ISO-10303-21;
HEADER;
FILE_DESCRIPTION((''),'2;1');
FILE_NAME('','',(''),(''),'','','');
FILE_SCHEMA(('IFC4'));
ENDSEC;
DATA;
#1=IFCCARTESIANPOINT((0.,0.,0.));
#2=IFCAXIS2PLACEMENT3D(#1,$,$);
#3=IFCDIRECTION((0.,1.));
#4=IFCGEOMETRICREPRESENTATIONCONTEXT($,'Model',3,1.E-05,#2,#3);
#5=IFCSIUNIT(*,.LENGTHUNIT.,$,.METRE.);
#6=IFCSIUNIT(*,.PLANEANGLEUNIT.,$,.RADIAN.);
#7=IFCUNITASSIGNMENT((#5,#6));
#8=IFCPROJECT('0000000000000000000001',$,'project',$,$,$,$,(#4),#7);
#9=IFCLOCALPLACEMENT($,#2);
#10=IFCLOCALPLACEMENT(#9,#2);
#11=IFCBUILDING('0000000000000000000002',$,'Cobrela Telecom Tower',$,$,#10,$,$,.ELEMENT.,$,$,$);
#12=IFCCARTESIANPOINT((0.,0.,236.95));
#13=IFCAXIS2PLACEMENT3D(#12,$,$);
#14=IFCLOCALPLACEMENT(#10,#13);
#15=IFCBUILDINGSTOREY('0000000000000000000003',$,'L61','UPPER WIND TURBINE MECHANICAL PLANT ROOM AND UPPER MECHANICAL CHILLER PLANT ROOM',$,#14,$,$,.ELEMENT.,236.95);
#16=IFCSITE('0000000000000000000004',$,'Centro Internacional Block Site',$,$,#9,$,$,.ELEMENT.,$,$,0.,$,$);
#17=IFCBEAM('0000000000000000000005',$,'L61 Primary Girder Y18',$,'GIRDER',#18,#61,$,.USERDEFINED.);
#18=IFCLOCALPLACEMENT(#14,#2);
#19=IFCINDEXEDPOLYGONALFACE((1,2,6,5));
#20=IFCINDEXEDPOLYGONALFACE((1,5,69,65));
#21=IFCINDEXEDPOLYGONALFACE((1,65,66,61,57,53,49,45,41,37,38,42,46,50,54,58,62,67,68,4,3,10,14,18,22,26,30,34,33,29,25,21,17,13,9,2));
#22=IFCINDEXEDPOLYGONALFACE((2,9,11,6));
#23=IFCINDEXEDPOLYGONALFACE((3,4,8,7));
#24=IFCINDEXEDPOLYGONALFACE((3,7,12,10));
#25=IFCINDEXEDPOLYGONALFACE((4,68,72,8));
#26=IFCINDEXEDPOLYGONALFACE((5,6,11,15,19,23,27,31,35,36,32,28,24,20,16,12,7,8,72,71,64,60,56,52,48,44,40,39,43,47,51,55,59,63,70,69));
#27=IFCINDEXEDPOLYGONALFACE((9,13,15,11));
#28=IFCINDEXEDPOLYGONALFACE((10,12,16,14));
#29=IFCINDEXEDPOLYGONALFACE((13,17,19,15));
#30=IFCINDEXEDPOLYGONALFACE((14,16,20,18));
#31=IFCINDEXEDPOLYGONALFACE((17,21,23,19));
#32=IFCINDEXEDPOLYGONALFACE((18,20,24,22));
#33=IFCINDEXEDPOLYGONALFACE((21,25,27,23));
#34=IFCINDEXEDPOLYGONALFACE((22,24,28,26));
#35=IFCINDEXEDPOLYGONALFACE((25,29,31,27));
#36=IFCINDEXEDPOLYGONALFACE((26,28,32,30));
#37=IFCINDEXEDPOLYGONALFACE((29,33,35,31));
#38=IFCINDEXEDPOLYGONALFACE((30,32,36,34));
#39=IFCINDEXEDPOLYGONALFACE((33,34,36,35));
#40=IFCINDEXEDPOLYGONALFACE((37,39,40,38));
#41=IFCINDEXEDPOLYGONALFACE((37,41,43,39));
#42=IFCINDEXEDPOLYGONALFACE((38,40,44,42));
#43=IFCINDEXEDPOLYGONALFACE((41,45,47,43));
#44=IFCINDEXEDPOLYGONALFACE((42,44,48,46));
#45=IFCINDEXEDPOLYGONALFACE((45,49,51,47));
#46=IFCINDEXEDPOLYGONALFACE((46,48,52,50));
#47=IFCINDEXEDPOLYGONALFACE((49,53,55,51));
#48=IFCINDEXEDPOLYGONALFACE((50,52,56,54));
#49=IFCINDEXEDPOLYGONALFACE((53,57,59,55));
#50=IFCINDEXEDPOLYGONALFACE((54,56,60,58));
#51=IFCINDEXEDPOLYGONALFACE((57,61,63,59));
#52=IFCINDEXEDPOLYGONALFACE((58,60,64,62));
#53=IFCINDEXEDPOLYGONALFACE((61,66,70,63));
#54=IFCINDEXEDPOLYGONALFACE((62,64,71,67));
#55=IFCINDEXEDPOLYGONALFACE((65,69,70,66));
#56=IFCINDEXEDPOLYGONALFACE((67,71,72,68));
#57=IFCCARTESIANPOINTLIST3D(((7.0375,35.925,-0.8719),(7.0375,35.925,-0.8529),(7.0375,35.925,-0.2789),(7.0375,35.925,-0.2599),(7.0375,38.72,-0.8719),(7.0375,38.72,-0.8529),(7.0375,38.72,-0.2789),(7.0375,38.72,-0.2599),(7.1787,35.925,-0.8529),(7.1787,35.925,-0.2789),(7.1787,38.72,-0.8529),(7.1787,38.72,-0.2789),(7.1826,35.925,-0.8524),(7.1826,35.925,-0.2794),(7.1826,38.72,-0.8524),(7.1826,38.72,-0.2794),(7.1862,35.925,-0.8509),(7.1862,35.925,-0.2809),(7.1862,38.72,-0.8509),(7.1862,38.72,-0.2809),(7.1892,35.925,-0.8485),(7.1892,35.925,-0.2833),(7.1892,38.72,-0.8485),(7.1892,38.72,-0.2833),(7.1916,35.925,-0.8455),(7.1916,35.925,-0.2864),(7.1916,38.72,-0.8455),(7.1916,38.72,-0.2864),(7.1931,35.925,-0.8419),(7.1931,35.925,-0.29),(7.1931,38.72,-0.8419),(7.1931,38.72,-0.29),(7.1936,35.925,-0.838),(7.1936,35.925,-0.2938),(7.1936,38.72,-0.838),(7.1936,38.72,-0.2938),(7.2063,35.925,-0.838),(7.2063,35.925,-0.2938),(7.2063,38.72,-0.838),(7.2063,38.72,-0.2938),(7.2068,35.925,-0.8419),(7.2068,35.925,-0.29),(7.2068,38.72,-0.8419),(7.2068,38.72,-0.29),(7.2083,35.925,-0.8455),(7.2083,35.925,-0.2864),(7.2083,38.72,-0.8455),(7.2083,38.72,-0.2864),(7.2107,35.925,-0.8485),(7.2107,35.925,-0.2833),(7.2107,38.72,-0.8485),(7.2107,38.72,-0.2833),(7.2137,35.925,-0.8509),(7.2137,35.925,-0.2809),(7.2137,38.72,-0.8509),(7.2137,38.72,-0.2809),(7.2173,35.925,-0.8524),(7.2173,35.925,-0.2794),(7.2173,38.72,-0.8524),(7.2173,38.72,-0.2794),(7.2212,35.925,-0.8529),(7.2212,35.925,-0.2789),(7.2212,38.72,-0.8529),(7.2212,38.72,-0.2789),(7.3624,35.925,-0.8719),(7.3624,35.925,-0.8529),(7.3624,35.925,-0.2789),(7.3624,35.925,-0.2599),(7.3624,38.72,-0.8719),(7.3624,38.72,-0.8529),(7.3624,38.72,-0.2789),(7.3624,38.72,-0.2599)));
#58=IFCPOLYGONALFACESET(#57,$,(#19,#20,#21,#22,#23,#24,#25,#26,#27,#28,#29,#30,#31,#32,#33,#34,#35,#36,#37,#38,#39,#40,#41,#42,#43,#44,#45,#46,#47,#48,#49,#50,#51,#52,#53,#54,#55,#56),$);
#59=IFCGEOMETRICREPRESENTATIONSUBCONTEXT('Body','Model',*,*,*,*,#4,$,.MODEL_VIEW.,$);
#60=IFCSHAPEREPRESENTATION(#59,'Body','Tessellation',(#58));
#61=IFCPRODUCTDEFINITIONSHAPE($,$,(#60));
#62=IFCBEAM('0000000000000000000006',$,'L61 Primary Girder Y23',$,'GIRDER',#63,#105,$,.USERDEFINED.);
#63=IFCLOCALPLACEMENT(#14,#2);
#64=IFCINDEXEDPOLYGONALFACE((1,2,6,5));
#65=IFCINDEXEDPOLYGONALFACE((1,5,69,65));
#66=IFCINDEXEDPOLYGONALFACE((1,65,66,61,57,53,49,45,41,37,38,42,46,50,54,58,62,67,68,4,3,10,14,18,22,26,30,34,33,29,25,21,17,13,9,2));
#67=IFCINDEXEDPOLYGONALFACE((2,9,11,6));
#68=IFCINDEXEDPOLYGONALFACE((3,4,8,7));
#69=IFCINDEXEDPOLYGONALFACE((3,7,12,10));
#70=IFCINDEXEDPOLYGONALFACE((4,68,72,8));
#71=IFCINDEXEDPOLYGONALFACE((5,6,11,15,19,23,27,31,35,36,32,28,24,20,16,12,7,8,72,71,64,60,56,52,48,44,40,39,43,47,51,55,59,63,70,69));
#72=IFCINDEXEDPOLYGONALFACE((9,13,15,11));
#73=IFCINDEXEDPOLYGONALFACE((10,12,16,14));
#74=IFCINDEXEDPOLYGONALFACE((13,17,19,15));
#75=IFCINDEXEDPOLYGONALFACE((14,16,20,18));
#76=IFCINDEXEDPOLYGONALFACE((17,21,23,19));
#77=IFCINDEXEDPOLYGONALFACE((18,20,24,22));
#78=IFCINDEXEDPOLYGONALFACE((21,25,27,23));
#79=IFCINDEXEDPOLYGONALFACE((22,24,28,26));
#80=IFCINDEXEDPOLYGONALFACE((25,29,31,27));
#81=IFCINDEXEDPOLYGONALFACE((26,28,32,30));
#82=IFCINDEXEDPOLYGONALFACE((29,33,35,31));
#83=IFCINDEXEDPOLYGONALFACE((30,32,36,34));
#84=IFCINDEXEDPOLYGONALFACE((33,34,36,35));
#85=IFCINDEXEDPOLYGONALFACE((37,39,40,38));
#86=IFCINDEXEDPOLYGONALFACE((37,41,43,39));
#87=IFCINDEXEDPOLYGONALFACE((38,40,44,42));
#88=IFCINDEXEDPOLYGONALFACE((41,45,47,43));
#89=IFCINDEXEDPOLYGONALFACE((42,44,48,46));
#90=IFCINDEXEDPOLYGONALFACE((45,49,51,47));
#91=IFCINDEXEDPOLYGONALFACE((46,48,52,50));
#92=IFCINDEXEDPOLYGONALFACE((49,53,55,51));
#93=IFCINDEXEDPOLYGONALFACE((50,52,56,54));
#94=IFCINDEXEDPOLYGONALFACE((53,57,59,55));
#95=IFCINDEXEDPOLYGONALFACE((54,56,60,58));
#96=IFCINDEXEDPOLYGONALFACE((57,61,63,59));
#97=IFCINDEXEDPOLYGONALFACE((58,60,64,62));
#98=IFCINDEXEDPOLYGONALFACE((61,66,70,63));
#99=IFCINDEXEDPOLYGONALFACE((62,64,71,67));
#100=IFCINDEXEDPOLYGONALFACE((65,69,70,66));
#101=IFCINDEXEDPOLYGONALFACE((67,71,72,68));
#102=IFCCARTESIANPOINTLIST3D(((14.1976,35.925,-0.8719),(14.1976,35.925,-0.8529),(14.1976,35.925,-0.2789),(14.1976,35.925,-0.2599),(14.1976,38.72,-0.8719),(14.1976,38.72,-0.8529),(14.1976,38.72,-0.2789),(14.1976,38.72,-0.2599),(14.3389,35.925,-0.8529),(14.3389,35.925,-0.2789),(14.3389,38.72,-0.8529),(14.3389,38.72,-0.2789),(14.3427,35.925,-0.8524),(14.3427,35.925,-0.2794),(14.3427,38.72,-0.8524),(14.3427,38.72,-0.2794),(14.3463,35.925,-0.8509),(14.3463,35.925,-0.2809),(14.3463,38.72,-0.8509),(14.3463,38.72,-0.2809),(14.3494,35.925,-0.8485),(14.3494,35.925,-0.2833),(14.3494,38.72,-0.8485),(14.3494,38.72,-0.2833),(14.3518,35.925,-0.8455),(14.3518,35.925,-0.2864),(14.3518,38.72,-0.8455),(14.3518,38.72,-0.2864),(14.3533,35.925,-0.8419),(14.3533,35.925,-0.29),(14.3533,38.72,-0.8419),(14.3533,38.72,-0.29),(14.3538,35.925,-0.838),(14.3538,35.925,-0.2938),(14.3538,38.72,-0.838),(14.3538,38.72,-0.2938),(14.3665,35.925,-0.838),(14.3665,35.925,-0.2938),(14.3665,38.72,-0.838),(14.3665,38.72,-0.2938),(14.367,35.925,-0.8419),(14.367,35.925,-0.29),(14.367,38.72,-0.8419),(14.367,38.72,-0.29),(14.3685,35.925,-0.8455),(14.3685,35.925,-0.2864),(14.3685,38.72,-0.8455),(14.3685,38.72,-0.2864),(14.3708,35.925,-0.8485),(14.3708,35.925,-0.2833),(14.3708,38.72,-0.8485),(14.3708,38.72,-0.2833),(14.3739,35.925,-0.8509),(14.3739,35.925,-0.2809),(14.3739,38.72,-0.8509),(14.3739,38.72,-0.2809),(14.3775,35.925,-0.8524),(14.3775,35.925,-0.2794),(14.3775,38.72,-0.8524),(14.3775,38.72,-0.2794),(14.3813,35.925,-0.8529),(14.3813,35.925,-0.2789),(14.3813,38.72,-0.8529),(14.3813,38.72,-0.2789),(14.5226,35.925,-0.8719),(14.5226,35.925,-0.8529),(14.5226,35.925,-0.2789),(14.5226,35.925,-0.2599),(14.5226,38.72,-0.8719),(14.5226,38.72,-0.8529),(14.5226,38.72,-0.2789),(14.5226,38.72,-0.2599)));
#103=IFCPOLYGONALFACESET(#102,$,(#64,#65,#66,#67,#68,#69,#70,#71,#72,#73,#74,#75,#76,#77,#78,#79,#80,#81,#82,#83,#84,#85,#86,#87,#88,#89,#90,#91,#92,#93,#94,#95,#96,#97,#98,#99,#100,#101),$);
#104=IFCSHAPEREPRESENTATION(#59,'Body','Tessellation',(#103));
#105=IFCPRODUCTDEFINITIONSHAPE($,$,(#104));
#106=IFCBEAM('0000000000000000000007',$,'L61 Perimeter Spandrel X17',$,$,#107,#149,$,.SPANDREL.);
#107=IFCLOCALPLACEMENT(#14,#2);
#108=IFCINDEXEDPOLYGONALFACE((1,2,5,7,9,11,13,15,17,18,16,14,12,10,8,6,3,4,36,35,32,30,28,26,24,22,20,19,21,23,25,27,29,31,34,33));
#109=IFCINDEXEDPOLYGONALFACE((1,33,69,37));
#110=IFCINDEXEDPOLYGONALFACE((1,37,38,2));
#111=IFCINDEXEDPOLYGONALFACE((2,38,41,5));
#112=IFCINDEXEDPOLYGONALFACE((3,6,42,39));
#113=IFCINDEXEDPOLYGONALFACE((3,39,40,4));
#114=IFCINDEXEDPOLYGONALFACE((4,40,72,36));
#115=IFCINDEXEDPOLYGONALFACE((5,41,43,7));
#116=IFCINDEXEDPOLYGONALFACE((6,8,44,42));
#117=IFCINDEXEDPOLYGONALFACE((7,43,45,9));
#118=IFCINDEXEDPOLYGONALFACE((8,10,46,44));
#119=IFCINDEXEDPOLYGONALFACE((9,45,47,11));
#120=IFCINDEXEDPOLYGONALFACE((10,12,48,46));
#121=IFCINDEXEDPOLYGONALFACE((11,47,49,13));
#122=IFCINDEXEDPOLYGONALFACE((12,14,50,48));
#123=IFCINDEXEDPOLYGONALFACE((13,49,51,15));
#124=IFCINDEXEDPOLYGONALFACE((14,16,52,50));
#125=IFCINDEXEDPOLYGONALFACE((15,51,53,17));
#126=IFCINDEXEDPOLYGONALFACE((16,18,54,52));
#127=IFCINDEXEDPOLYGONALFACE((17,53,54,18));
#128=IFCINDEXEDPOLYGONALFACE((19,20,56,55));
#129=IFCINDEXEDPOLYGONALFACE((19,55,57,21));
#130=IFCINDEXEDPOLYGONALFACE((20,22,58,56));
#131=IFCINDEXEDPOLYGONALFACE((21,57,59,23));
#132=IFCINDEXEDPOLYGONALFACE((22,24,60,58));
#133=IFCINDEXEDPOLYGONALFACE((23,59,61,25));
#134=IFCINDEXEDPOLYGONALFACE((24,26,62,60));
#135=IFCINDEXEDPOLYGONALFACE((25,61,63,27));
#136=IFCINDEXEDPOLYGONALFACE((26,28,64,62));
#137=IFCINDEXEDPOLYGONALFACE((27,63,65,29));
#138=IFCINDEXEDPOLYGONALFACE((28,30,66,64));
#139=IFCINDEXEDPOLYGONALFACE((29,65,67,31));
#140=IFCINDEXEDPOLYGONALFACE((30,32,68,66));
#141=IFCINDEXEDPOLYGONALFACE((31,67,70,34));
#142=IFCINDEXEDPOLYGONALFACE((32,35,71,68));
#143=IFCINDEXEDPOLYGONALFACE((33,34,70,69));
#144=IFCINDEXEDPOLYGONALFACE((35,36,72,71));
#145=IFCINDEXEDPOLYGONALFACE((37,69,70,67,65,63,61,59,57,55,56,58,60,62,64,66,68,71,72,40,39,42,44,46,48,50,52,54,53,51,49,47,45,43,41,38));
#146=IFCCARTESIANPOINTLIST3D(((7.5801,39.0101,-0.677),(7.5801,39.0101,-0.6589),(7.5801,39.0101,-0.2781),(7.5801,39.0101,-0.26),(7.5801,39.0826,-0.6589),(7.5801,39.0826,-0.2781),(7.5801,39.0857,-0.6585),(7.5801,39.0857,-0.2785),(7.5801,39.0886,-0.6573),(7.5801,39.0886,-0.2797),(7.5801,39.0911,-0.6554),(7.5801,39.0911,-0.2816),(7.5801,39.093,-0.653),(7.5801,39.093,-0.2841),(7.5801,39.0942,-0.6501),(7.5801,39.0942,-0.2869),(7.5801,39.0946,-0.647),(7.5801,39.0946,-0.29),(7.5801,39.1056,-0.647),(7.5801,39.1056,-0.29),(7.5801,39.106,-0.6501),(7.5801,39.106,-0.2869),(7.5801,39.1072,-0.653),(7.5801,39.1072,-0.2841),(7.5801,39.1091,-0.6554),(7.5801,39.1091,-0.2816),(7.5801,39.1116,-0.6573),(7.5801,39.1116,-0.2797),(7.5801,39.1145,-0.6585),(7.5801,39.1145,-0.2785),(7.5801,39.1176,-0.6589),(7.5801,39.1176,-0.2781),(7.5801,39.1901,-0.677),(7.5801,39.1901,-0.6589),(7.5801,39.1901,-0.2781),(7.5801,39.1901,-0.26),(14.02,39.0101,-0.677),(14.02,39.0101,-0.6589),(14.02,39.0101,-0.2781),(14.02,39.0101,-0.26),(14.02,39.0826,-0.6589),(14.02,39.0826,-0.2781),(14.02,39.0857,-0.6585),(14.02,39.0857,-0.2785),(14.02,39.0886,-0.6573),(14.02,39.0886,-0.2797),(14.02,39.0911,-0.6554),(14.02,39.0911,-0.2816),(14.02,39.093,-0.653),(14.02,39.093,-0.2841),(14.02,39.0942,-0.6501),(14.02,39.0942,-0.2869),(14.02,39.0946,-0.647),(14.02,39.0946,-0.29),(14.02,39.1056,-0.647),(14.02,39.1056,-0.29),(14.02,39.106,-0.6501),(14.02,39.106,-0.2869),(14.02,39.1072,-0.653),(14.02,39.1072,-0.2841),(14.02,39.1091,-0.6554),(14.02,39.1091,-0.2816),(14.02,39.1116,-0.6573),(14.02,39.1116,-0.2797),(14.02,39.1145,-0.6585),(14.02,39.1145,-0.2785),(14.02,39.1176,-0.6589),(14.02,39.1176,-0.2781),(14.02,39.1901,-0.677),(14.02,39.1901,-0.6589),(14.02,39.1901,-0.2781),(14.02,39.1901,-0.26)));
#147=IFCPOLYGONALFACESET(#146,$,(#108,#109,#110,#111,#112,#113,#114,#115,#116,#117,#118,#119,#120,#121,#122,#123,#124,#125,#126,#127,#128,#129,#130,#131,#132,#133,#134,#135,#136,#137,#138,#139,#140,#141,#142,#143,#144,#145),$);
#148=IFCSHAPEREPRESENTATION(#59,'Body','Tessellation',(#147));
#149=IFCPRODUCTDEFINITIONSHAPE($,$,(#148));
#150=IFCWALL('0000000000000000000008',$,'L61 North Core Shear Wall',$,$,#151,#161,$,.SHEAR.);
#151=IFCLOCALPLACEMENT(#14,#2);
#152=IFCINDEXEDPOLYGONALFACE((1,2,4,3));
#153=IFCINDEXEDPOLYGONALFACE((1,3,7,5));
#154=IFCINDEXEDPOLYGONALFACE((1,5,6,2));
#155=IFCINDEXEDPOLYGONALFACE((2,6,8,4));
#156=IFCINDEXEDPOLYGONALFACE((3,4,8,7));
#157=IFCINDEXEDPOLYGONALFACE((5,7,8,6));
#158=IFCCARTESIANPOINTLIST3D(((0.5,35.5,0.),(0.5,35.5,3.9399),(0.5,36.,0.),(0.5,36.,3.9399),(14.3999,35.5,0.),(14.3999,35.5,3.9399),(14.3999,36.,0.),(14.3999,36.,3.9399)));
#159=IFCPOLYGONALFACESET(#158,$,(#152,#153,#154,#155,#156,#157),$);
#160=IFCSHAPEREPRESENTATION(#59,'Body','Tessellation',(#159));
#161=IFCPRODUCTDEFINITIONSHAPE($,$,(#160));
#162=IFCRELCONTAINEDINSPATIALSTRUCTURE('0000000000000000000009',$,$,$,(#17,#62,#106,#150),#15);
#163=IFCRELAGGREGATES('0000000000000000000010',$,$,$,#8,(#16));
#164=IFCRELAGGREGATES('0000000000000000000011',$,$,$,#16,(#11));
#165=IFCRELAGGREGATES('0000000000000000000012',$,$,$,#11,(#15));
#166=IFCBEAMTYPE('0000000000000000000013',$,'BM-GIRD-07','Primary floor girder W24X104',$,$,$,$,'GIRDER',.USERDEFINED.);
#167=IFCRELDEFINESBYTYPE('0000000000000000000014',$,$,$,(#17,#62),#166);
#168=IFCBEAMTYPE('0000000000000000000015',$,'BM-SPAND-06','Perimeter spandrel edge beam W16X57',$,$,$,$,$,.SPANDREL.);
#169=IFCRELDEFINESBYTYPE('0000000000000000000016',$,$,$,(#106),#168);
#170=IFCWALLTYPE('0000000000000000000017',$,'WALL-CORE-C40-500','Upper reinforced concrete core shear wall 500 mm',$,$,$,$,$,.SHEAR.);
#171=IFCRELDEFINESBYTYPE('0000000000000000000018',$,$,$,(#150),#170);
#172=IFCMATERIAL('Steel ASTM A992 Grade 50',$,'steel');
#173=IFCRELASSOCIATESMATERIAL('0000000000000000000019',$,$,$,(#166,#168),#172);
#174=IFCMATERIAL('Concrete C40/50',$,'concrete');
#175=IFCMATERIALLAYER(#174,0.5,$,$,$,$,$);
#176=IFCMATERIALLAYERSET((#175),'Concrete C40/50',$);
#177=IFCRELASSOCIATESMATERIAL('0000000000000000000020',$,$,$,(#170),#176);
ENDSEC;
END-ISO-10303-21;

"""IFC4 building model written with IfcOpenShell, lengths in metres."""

from ifc_helpers import new_model, si_unit, direction, frame, frame_2d, origin, origin_2d, place, context, subcontext, project, spatial, rectangle, i_section, extrude, material, layer, layer_set, material_profile, profile_set, type_object, element, save


model = new_model("IFC4")

# Units and contexts
model_context = context("Model", 3, precision=1e-05, world=origin(), true_north=direction((0.0, 1.0)))
body_context = subcontext(model_context, "Body", "Model", "MODEL_VIEW")
ifc_project = project(units=[si_unit("LENGTHUNIT", "METRE"), si_unit("PLANEANGLEUNIT", "RADIAN")], contexts=[model_context])

# Site, building, storey
site_placement = place(None, origin())
site = spatial("IfcSite", under=ifc_project, at=site_placement, Name="Centro Internacional Block Site", CompositionType="ELEMENT", RefElevation=0.0)
building_placement = place(site_placement, origin())
building = spatial("IfcBuilding", under=site, at=building_placement, Name="Cobrela Telecom Tower", CompositionType="ELEMENT")
storey_placement = place(building_placement, frame((0.0, 0.0, 236.95)))
storey = spatial("IfcBuildingStorey", under=building, at=storey_placement, Name="L61", Description="UPPER WIND TURBINE MECHANICAL PLANT ROOM AND UPPER MECHANICAL CHILLER PLANT ROOM", CompositionType="ELEMENT", Elevation=236.95)

# Beams
ifc_material_1 = material(Name="Steel ASTM A992 Grade 50", Category="steel")
ifc_material_profile_1 = material_profile(ifc_material_1, i_section(OverallWidth=0.325, OverallDepth=0.6121, WebThickness=0.0127, FlangeThickness=0.019, FilletRadius=0.0149, at=origin_2d()), Name="W24X104")
ifc_profile_set_1 = profile_set([ifc_material_profile_1], Name="Steel ASTM A992 Grade 50")
beam_type_1 = type_object("IfcBeamType", Name="BM-GIRD-07", Description="Primary floor girder W24X104", ElementType="GIRDER", PredefinedType="USERDEFINED", material=ifc_profile_set_1)
for number, where, z_axis, x_axis, name in (
    (1, (7.2, 35.925, -0.5659), (0.0, 1.0, 0.0), (-1.0, 0.0, 0.0), "L61 Primary Girder Y18"),
    (2, (14.3601, 35.925, -0.5659), (0.0, 1.0, 0.0), (-1.0, 0.0, 0.0), "L61 Primary Girder Y23"),
):
    element("IfcBeam", number, at=place(storey_placement, frame(where, z_axis=z_axis, x_axis=x_axis)), inside=storey, type_object=beam_type_1, Name=name, ObjectType="GIRDER", PredefinedType="USERDEFINED", context=body_context, shape_type="SweptSolid", body=[
        extrude(i_section(OverallWidth=0.325, OverallDepth=0.6121, WebThickness=0.0127, FlangeThickness=0.019, FilletRadius=0.0149, at=origin_2d()), origin(), (0.0, 0.0, 1.0), 2.7949),
    ])
ifc_material_profile_2 = material_profile(ifc_material_1, i_section(OverallWidth=0.1799, OverallDepth=0.417, WebThickness=0.011, FlangeThickness=0.0181, FilletRadius=0.012, at=origin_2d()), Name="W16X57")
ifc_profile_set_2 = profile_set([ifc_material_profile_2], Name="Steel ASTM A992 Grade 50")
beam_type_2 = type_object("IfcBeamType", Name="BM-SPAND-06", Description="Perimeter spandrel edge beam W16X57", PredefinedType="SPANDREL", material=ifc_profile_set_2)
beam_1_placement = place(storey_placement, frame((7.5801, 39.1001, -0.4685), z_axis=(1.0, 0.0, 0.0), x_axis=(0.0, 1.0, 0.0)))
element("IfcBeam", 3, at=beam_1_placement, inside=storey, type_object=beam_type_2, Name="L61 Perimeter Spandrel X17", PredefinedType="SPANDREL", context=body_context, shape_type="SweptSolid", body=[
    extrude(i_section(OverallWidth=0.1799, OverallDepth=0.417, WebThickness=0.011, FlangeThickness=0.0181, FilletRadius=0.012, at=origin_2d()), origin(), (0.0, 0.0, 1.0), 6.4399),
])

# Wall
ifc_material_2 = material(Name="Concrete C40/50", Category="concrete")
ifc_layer_1 = layer(ifc_material_2, 0.5)
ifc_layer_set_1 = layer_set([ifc_layer_1], Name="Concrete C40/50")
wall_type_1 = type_object("IfcWallType", Name="WALL-CORE-C40-500", Description="Upper reinforced concrete core shear wall 500 mm", PredefinedType="SHEAR", material=ifc_layer_set_1)
wall_1_placement = place(storey_placement, frame((0.5, 35.75, 0.0), z_axis=(0.0, 0.0, 1.0), x_axis=(1.0, 0.0, 0.0)))
element("IfcWall", 4, at=wall_1_placement, inside=storey, type_object=wall_type_1, Name="L61 North Core Shear Wall", PredefinedType="SHEAR", context=body_context, shape_type="SweptSolid", body=[
    extrude(rectangle(XDim=13.8999, YDim=0.5, at=frame_2d((6.95, 0.0))), origin(), (0.0, 0.0, 1.0), 3.9399),
])

save(model, "model.ifc")
